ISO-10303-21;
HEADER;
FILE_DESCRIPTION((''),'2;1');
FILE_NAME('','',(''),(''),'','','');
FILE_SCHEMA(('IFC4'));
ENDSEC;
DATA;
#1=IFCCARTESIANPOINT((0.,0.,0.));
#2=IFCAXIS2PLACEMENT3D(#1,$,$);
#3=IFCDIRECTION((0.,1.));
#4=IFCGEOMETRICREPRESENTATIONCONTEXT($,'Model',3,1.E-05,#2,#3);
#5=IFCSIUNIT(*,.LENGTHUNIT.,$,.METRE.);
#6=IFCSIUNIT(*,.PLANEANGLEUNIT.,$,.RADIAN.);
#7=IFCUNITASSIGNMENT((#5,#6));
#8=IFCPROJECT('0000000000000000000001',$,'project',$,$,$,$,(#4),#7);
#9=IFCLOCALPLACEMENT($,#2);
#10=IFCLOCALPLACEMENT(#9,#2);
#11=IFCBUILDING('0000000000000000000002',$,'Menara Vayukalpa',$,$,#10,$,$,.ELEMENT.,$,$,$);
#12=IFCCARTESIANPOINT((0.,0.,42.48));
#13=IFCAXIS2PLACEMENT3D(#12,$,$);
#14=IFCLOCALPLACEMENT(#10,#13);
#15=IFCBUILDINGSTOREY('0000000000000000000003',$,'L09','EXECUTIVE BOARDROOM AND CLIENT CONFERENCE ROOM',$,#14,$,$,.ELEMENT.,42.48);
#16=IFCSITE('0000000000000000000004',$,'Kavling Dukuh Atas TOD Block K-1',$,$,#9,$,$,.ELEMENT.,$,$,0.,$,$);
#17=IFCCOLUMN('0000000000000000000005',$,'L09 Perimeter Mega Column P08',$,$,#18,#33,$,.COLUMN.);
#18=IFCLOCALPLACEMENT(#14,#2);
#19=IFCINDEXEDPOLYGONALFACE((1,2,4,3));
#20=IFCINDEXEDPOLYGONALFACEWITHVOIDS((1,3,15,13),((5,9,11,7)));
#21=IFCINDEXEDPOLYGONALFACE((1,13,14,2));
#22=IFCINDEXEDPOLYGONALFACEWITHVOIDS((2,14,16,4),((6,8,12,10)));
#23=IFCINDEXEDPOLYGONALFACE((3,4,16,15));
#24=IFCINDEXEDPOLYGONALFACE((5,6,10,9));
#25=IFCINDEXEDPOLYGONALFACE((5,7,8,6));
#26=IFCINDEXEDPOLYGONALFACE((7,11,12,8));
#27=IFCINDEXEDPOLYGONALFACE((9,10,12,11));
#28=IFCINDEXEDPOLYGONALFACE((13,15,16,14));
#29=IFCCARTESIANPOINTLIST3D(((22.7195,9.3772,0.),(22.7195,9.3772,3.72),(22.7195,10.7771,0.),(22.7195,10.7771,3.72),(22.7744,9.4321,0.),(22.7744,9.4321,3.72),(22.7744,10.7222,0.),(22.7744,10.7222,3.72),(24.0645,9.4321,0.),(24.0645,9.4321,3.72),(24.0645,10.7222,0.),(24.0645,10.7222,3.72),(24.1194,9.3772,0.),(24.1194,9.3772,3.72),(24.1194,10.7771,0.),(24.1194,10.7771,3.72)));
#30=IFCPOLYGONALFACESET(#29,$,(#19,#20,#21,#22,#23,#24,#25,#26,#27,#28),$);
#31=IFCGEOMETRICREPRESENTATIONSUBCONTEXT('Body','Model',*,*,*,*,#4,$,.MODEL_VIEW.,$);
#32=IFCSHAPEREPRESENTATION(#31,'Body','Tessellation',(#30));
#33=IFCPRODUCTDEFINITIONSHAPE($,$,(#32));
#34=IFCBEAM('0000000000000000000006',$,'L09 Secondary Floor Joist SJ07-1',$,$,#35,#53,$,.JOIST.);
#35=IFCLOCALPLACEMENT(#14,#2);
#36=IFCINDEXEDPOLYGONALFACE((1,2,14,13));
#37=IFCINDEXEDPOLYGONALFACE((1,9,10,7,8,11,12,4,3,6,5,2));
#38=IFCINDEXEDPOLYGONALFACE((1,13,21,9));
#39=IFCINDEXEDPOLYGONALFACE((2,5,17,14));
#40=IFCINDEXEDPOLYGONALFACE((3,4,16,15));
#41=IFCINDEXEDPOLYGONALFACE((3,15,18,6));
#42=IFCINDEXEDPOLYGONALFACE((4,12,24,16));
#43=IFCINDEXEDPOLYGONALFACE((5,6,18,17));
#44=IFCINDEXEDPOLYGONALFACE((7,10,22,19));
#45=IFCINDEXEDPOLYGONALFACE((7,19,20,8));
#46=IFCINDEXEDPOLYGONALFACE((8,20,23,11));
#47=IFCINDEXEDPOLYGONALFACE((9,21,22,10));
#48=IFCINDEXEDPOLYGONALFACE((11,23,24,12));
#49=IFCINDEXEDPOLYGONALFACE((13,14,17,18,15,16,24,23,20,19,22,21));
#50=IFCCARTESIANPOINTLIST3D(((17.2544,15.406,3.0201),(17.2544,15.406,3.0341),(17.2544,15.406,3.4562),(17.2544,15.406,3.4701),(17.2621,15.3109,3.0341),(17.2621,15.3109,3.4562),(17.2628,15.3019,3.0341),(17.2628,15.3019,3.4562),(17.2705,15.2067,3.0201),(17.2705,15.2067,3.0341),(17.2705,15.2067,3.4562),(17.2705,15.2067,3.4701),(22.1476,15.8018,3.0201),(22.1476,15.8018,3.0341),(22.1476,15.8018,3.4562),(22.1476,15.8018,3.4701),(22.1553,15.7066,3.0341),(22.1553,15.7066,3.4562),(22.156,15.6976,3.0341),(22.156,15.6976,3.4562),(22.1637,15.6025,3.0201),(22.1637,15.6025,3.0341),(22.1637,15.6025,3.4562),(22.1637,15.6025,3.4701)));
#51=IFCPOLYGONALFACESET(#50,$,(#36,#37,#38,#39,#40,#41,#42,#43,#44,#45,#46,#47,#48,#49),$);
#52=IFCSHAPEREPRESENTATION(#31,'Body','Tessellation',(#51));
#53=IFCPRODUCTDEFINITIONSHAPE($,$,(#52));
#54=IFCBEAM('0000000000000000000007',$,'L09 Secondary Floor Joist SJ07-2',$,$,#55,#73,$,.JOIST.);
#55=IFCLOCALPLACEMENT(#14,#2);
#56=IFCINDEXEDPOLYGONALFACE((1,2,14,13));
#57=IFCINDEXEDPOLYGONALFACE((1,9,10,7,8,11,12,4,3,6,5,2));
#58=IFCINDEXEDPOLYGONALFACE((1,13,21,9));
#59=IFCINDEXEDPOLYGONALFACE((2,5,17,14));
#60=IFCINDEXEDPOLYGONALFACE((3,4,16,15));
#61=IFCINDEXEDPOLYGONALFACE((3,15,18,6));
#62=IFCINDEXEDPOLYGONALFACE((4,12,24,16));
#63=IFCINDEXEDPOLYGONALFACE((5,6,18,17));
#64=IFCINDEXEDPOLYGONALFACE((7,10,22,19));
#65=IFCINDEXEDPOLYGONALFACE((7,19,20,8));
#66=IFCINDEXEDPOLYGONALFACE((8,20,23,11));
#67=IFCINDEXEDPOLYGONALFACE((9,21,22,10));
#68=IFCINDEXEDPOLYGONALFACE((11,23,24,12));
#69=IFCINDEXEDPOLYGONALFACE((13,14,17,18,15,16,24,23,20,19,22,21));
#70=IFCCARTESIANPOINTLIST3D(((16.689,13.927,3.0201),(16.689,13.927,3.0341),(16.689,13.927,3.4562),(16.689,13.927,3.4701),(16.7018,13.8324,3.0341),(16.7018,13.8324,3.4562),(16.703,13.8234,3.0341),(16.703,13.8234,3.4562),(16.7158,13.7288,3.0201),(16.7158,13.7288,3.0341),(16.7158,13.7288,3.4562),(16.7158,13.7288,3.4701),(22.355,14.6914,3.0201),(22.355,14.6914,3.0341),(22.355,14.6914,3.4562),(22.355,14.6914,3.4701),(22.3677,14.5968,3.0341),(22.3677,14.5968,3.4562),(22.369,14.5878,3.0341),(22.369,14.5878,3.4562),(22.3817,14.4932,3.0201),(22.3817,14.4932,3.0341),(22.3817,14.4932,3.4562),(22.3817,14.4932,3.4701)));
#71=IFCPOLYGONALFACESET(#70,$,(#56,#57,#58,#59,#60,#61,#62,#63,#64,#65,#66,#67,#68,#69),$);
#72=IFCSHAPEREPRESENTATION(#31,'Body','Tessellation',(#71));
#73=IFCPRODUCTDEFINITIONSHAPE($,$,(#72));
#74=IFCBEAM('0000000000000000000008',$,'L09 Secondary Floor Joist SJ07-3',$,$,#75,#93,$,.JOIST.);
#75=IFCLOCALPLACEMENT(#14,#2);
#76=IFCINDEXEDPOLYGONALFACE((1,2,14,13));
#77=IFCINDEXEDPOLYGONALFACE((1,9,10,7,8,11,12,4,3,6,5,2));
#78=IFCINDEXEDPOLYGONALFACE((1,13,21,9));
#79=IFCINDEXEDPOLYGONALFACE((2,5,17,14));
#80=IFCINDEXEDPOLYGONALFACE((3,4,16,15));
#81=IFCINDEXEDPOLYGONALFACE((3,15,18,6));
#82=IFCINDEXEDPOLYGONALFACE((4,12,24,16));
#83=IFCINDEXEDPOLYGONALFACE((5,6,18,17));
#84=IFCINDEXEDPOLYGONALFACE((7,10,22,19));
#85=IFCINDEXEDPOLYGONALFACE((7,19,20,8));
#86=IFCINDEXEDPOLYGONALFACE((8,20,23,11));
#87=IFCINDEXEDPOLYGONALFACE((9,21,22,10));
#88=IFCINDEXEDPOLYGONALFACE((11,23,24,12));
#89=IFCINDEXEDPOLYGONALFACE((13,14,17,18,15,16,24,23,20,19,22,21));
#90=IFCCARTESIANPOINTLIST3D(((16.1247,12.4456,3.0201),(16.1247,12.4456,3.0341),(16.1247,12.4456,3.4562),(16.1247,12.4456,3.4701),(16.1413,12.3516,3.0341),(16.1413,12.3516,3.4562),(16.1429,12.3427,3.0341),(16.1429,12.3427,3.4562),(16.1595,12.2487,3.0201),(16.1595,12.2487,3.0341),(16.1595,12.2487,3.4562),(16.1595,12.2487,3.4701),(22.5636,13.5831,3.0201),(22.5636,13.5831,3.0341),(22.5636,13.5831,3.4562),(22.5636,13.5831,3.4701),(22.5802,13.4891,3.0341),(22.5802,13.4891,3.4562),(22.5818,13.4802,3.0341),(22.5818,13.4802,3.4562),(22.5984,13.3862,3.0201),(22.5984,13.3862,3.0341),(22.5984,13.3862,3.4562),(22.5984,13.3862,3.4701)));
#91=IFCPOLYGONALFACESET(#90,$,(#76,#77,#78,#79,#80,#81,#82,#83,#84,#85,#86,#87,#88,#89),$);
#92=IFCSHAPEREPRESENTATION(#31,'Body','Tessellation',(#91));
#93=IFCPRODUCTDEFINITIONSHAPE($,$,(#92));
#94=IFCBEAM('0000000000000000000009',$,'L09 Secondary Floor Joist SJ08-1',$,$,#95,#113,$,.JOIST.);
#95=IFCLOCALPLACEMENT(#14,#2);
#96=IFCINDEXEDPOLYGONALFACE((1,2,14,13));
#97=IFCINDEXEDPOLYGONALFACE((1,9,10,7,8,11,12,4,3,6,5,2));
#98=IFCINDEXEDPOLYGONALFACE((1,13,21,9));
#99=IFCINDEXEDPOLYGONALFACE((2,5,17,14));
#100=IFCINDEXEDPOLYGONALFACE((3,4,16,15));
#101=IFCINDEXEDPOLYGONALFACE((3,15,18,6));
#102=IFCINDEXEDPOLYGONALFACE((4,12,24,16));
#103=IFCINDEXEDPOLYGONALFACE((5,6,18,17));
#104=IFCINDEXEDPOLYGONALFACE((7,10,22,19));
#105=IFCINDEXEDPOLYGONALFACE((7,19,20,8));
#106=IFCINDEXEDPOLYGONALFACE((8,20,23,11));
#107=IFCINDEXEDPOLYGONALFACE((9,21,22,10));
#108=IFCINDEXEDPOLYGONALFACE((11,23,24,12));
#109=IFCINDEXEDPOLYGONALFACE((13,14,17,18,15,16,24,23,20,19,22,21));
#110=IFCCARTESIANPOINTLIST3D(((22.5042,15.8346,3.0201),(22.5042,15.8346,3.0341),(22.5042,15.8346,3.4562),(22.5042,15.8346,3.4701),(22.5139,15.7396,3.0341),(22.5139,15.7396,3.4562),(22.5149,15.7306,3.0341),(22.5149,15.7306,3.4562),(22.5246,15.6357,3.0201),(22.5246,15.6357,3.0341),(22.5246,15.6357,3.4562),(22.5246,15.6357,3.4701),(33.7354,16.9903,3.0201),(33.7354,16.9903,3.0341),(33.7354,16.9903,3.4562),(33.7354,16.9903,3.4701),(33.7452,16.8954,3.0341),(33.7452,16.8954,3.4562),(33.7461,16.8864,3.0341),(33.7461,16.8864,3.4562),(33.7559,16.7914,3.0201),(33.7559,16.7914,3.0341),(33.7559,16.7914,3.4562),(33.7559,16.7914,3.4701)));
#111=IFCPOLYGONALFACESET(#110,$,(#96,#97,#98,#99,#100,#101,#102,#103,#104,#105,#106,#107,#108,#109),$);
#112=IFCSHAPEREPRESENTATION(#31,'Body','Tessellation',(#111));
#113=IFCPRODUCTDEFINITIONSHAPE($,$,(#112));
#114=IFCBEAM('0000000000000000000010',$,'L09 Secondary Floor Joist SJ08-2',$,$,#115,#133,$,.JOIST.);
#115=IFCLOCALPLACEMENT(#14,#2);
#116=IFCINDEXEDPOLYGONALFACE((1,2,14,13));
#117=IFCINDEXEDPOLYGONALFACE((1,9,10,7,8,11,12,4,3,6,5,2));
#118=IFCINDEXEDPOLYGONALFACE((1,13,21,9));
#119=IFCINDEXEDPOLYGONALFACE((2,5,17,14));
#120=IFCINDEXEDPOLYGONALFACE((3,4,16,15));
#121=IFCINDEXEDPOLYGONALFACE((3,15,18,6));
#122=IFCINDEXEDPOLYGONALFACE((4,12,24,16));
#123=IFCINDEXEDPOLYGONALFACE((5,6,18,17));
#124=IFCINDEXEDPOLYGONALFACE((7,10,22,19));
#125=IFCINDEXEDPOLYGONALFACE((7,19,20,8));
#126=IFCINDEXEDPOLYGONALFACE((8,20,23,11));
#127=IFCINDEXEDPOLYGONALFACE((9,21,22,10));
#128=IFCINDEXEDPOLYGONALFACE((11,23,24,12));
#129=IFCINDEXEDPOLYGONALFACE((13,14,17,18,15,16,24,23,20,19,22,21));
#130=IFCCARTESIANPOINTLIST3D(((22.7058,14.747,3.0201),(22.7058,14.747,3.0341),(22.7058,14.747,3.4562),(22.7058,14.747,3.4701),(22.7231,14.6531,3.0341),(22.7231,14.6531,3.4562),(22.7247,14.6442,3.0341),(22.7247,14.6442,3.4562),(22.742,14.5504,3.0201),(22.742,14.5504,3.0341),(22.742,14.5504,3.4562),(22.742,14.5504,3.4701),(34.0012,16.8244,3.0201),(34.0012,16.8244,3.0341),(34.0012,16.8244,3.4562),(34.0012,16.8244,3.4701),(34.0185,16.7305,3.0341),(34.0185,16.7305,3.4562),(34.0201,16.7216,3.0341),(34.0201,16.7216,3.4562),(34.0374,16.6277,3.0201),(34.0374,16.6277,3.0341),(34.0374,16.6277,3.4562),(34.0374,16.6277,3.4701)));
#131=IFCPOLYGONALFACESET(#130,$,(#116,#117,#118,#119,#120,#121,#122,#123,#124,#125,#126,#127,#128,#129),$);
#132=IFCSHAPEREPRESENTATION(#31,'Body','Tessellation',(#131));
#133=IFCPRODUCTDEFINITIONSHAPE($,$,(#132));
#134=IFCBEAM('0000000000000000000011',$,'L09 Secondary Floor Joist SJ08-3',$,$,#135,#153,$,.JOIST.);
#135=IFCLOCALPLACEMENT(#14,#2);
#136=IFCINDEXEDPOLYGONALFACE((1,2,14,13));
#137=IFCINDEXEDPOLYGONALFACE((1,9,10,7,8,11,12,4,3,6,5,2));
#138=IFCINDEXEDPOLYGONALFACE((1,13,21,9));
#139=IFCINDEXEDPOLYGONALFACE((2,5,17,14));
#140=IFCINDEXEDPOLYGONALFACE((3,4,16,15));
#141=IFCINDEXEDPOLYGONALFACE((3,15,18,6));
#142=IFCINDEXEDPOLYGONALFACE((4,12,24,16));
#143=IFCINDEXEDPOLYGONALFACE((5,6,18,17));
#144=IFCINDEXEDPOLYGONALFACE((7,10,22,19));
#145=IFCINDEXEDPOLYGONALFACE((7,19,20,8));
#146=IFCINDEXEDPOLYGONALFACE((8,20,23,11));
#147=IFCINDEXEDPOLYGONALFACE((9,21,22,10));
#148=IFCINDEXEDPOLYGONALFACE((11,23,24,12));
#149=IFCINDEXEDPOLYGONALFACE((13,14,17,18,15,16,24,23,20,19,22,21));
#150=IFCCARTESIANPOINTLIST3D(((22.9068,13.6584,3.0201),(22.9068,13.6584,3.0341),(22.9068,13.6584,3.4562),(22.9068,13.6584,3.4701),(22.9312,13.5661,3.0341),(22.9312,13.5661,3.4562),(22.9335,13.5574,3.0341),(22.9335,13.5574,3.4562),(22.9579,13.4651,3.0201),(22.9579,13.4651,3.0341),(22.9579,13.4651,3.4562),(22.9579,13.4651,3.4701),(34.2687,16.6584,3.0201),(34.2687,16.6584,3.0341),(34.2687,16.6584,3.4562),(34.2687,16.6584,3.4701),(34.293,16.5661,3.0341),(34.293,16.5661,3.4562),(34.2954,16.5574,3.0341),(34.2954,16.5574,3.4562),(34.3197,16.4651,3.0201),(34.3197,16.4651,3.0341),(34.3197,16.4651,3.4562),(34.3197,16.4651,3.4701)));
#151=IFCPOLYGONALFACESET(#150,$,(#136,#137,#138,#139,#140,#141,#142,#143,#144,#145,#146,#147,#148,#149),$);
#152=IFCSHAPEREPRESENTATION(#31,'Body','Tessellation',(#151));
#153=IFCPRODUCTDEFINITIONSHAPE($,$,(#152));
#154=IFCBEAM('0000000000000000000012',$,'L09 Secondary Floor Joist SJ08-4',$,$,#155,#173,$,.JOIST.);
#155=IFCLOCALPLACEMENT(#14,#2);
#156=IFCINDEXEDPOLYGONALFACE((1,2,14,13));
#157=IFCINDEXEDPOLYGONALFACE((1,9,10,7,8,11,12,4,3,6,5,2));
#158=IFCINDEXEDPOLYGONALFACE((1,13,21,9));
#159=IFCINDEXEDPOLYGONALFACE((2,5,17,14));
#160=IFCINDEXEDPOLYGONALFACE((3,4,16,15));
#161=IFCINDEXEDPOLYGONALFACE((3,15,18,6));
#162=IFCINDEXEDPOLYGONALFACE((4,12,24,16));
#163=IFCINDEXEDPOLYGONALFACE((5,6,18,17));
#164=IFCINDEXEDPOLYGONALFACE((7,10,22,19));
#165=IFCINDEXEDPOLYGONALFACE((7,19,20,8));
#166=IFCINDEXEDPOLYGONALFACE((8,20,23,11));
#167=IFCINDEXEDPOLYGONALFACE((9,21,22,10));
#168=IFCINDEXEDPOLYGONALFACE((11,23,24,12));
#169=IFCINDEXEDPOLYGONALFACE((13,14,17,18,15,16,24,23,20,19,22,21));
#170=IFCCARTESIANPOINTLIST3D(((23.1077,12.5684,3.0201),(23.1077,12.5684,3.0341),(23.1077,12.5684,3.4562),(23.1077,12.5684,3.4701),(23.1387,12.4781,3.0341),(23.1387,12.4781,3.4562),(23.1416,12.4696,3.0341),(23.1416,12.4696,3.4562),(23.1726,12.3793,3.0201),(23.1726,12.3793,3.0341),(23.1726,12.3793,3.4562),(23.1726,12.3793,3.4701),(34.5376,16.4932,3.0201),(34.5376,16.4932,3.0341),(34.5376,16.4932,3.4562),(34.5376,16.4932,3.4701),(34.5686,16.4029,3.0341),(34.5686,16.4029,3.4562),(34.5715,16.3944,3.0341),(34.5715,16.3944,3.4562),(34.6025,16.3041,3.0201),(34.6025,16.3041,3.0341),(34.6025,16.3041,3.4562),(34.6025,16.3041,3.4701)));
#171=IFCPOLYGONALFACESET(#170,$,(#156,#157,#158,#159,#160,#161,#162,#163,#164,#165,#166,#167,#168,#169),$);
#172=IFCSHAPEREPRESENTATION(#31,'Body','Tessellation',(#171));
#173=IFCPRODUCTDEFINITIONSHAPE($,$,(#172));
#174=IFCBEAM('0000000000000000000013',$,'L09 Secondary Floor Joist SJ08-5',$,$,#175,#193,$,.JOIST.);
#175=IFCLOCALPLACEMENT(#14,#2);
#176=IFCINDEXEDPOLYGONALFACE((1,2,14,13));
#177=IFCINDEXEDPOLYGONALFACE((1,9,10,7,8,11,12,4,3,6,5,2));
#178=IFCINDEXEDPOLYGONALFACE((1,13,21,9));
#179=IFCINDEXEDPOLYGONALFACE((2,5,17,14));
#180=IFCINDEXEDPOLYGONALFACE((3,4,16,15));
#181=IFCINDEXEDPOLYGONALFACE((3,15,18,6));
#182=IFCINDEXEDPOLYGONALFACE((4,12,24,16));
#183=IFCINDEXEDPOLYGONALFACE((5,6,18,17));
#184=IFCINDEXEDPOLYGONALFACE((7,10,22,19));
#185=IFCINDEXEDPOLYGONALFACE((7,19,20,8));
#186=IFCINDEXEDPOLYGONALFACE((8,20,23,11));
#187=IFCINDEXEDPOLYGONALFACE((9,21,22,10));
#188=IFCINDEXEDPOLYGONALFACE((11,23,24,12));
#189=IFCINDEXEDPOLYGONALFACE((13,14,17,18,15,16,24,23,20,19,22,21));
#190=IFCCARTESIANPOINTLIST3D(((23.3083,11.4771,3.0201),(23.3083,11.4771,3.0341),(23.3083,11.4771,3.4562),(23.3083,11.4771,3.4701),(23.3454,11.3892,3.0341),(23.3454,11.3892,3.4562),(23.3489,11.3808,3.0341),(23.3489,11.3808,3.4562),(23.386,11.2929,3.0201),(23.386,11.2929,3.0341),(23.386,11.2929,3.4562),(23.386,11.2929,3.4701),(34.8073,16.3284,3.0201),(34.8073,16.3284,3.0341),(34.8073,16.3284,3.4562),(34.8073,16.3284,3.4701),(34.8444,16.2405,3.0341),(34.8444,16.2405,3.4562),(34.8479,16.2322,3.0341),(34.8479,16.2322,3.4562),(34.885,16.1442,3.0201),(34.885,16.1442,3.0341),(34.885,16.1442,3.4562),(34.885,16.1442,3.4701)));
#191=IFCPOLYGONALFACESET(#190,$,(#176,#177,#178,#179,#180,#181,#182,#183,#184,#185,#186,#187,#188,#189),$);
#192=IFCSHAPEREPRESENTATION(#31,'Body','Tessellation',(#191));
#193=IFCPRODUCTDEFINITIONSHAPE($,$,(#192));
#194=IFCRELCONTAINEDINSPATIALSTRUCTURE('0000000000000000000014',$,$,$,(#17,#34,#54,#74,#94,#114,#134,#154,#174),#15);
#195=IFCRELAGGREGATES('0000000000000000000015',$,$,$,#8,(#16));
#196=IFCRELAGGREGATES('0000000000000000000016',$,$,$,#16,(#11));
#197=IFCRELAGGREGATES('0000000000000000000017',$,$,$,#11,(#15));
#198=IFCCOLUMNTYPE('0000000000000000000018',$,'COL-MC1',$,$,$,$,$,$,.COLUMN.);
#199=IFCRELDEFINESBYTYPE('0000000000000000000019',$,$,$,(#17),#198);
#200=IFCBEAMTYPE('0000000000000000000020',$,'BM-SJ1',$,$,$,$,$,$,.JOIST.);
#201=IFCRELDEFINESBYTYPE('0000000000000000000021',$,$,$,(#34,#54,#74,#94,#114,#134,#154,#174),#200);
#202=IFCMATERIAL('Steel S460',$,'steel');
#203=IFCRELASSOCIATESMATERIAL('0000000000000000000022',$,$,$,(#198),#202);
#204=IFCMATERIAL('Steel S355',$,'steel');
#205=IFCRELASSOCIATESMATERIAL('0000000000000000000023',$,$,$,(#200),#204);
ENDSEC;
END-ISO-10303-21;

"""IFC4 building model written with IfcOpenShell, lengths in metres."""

from ifc_helpers import new_model, si_unit, direction, frame, origin, origin_2d, place, context, subcontext, project, spatial, hollow_rectangle, i_section, extrude, material, material_profile, profile_set, type_object, element, save


model = new_model("IFC4")

# Units and contexts
model_context = context("Model", 3, precision=1e-05, world=origin(), true_north=direction((0.0, 1.0)))
body_context = subcontext(model_context, "Body", "Model", "MODEL_VIEW")
ifc_project = project(units=[si_unit("LENGTHUNIT", "METRE"), si_unit("PLANEANGLEUNIT", "RADIAN")], contexts=[model_context])

# Site, building, storey
site_placement = place(None, origin())
site = spatial("IfcSite", under=ifc_project, at=site_placement, Name="Kavling Dukuh Atas TOD Block K-1", CompositionType="ELEMENT", RefElevation=0.0)
building_placement = place(site_placement, origin())
building = spatial("IfcBuilding", under=site, at=building_placement, Name="Menara Vayukalpa", CompositionType="ELEMENT")
storey_placement = place(building_placement, frame((0.0, 0.0, 42.48)))
storey = spatial("IfcBuildingStorey", under=building, at=storey_placement, Name="L09", Description="EXECUTIVE BOARDROOM AND CLIENT CONFERENCE ROOM", CompositionType="ELEMENT", Elevation=42.48)

# Column
ifc_material_1 = material(Name="Steel S460", Category="steel")
ifc_material_profile_1 = material_profile(ifc_material_1, hollow_rectangle(XDim=1.3999, YDim=1.3999, WallThickness=0.0549, at=origin_2d()), Name="BOX 1400x1400x55")
ifc_profile_set_1 = profile_set([ifc_material_profile_1], Name="Steel S460")
column_type = type_object("IfcColumnType", Name="COL-MC1", PredefinedType="COLUMN", material=ifc_profile_set_1)
column_placement = place(storey_placement, frame((23.4194, 10.0771, 0.0), z_axis=(0.0, 0.0, 1.0), x_axis=(1.0, 0.0, 0.0)))
element("IfcColumn", 1, at=column_placement, inside=storey, type_object=column_type, Name="L09 Perimeter Mega Column P08", PredefinedType="COLUMN", context=body_context, shape_type="SweptSolid", body=[
    extrude(hollow_rectangle(XDim=1.3999, YDim=1.3999, WallThickness=0.0549, at=origin_2d()), origin(), (0.0, 0.0, 1.0), 3.72),
])

# Beams
ifc_material_2 = material(Name="Steel S355", Category="steel")
ifc_material_profile_2 = material_profile(ifc_material_2, i_section(OverallWidth=0.2, OverallDepth=0.45, WebThickness=0.009, FlangeThickness=0.0139, at=origin_2d()), Name="WF 450x200x9x14")
ifc_profile_set_2 = profile_set([ifc_material_profile_2], Name="Steel S355")
beam_type_1 = type_object("IfcBeamType", Name="BM-SJ1", PredefinedType="JOIST", material=ifc_profile_set_2)
beam_1_placement = place(storey_placement, frame((17.2625, 15.3064, 3.2451), z_axis=(0.996745, 0.080613, 0.0), x_axis=(-0.080613, 0.996745, 0.0)))
element("IfcBeam", 2, at=beam_1_placement, inside=storey, type_object=beam_type_1, Name="L09 Secondary Floor Joist SJ07-1", PredefinedType="JOIST", context=body_context, shape_type="SweptSolid", body=[
    extrude(i_section(OverallWidth=0.2, OverallDepth=0.45, WebThickness=0.009, FlangeThickness=0.0139, at=origin_2d()), origin(), (0.0, 0.0, 1.0), 4.9092),
])
beam_2_placement = place(storey_placement, frame((16.7024, 13.8279, 3.2451), z_axis=(0.991022, 0.133699, 0.0), x_axis=(-0.133699, 0.991022, 0.0)))
element("IfcBeam", 3, at=beam_2_placement, inside=storey, type_object=beam_type_1, Name="L09 Secondary Floor Joist SJ07-2", PredefinedType="JOIST", context=body_context, shape_type="SweptSolid", body=[
    extrude(i_section(OverallWidth=0.2, OverallDepth=0.45, WebThickness=0.009, FlangeThickness=0.0139, at=origin_2d()), origin(), (0.0, 0.0, 1.0), 5.7173),
])
beam_3_placement = place(storey_placement, frame((16.1421, 12.3472, 3.2451), z_axis=(0.984753, 0.173958, 0.0), x_axis=(-0.173958, 0.984753, 0.0)))
element("IfcBeam", 4, at=beam_3_placement, inside=storey, type_object=beam_type_1, Name="L09 Secondary Floor Joist SJ07-3", PredefinedType="JOIST", context=body_context, shape_type="SweptSolid", body=[
    extrude(i_section(OverallWidth=0.2, OverallDepth=0.45, WebThickness=0.009, FlangeThickness=0.0139, at=origin_2d()), origin(), (0.0, 0.0, 1.0), 6.5386),
])
beam_4_placement = place(storey_placement, frame((22.5144, 15.7351, 3.2451), z_axis=(0.994747, 0.102366, 0.0), x_axis=(-0.102366, 0.994747, 0.0)))
element("IfcBeam", 5, at=beam_4_placement, inside=storey, type_object=beam_type_1, Name="L09 Secondary Floor Joist SJ08-1", PredefinedType="JOIST", context=body_context, shape_type="SweptSolid", body=[
    extrude(i_section(OverallWidth=0.2, OverallDepth=0.45, WebThickness=0.009, FlangeThickness=0.0139, at=origin_2d()), origin(), (0.0, 0.0, 1.0), 11.2905),
])
beam_5_placement = place(storey_placement, frame((22.7239, 14.6487, 3.2451), z_axis=(0.983505, 0.180881, 0.0), x_axis=(-0.180881, 0.983505, 0.0)))
element("IfcBeam", 6, at=beam_5_placement, inside=storey, type_object=beam_type_1, Name="L09 Secondary Floor Joist SJ08-2", PredefinedType="JOIST", context=body_context, shape_type="SweptSolid", body=[
    extrude(i_section(OverallWidth=0.2, OverallDepth=0.45, WebThickness=0.009, FlangeThickness=0.0139, at=origin_2d()), origin(), (0.0, 0.0, 1.0), 11.4849),
])
beam_6_placement = place(storey_placement, frame((22.9324, 13.5618, 3.2451), z_axis=(0.966864, 0.255293, 0.0), x_axis=(-0.255293, 0.966864, 0.0)))
element("IfcBeam", 7, at=beam_6_placement, inside=storey, type_object=beam_type_1, Name="L09 Secondary Floor Joist SJ08-3", PredefinedType="JOIST", context=body_context, shape_type="SweptSolid", body=[
    extrude(i_section(OverallWidth=0.2, OverallDepth=0.45, WebThickness=0.009, FlangeThickness=0.0139, at=origin_2d()), origin(), (0.0, 0.0, 1.0), 11.7512),
])
beam_7_placement = place(storey_placement, frame((23.1401, 12.4739, 3.2451), z_axis=(0.945794, 0.324766, 0.0), x_axis=(-0.324766, 0.945794, 0.0)))
element("IfcBeam", 8, at=beam_7_placement, inside=storey, type_object=beam_type_1, Name="L09 Secondary Floor Joist SJ08-4", PredefinedType="JOIST", context=body_context, shape_type="SweptSolid", body=[
    extrude(i_section(OverallWidth=0.2, OverallDepth=0.45, WebThickness=0.009, FlangeThickness=0.0139, at=origin_2d()), origin(), (0.0, 0.0, 1.0), 12.085),
])
beam_8_placement = place(storey_placement, frame((23.3472, 11.385, 3.2451), z_axis=(0.921359, 0.388712, 0.0), x_axis=(-0.388712, 0.921359, 0.0)))
element("IfcBeam", 9, at=beam_8_placement, inside=storey, type_object=beam_type_1, Name="L09 Secondary Floor Joist SJ08-5", PredefinedType="JOIST", context=body_context, shape_type="SweptSolid", body=[
    extrude(i_section(OverallWidth=0.2, OverallDepth=0.45, WebThickness=0.009, FlangeThickness=0.0139, at=origin_2d()), origin(), (0.0, 0.0, 1.0), 12.4805),
])

save(model, "model.ifc")
